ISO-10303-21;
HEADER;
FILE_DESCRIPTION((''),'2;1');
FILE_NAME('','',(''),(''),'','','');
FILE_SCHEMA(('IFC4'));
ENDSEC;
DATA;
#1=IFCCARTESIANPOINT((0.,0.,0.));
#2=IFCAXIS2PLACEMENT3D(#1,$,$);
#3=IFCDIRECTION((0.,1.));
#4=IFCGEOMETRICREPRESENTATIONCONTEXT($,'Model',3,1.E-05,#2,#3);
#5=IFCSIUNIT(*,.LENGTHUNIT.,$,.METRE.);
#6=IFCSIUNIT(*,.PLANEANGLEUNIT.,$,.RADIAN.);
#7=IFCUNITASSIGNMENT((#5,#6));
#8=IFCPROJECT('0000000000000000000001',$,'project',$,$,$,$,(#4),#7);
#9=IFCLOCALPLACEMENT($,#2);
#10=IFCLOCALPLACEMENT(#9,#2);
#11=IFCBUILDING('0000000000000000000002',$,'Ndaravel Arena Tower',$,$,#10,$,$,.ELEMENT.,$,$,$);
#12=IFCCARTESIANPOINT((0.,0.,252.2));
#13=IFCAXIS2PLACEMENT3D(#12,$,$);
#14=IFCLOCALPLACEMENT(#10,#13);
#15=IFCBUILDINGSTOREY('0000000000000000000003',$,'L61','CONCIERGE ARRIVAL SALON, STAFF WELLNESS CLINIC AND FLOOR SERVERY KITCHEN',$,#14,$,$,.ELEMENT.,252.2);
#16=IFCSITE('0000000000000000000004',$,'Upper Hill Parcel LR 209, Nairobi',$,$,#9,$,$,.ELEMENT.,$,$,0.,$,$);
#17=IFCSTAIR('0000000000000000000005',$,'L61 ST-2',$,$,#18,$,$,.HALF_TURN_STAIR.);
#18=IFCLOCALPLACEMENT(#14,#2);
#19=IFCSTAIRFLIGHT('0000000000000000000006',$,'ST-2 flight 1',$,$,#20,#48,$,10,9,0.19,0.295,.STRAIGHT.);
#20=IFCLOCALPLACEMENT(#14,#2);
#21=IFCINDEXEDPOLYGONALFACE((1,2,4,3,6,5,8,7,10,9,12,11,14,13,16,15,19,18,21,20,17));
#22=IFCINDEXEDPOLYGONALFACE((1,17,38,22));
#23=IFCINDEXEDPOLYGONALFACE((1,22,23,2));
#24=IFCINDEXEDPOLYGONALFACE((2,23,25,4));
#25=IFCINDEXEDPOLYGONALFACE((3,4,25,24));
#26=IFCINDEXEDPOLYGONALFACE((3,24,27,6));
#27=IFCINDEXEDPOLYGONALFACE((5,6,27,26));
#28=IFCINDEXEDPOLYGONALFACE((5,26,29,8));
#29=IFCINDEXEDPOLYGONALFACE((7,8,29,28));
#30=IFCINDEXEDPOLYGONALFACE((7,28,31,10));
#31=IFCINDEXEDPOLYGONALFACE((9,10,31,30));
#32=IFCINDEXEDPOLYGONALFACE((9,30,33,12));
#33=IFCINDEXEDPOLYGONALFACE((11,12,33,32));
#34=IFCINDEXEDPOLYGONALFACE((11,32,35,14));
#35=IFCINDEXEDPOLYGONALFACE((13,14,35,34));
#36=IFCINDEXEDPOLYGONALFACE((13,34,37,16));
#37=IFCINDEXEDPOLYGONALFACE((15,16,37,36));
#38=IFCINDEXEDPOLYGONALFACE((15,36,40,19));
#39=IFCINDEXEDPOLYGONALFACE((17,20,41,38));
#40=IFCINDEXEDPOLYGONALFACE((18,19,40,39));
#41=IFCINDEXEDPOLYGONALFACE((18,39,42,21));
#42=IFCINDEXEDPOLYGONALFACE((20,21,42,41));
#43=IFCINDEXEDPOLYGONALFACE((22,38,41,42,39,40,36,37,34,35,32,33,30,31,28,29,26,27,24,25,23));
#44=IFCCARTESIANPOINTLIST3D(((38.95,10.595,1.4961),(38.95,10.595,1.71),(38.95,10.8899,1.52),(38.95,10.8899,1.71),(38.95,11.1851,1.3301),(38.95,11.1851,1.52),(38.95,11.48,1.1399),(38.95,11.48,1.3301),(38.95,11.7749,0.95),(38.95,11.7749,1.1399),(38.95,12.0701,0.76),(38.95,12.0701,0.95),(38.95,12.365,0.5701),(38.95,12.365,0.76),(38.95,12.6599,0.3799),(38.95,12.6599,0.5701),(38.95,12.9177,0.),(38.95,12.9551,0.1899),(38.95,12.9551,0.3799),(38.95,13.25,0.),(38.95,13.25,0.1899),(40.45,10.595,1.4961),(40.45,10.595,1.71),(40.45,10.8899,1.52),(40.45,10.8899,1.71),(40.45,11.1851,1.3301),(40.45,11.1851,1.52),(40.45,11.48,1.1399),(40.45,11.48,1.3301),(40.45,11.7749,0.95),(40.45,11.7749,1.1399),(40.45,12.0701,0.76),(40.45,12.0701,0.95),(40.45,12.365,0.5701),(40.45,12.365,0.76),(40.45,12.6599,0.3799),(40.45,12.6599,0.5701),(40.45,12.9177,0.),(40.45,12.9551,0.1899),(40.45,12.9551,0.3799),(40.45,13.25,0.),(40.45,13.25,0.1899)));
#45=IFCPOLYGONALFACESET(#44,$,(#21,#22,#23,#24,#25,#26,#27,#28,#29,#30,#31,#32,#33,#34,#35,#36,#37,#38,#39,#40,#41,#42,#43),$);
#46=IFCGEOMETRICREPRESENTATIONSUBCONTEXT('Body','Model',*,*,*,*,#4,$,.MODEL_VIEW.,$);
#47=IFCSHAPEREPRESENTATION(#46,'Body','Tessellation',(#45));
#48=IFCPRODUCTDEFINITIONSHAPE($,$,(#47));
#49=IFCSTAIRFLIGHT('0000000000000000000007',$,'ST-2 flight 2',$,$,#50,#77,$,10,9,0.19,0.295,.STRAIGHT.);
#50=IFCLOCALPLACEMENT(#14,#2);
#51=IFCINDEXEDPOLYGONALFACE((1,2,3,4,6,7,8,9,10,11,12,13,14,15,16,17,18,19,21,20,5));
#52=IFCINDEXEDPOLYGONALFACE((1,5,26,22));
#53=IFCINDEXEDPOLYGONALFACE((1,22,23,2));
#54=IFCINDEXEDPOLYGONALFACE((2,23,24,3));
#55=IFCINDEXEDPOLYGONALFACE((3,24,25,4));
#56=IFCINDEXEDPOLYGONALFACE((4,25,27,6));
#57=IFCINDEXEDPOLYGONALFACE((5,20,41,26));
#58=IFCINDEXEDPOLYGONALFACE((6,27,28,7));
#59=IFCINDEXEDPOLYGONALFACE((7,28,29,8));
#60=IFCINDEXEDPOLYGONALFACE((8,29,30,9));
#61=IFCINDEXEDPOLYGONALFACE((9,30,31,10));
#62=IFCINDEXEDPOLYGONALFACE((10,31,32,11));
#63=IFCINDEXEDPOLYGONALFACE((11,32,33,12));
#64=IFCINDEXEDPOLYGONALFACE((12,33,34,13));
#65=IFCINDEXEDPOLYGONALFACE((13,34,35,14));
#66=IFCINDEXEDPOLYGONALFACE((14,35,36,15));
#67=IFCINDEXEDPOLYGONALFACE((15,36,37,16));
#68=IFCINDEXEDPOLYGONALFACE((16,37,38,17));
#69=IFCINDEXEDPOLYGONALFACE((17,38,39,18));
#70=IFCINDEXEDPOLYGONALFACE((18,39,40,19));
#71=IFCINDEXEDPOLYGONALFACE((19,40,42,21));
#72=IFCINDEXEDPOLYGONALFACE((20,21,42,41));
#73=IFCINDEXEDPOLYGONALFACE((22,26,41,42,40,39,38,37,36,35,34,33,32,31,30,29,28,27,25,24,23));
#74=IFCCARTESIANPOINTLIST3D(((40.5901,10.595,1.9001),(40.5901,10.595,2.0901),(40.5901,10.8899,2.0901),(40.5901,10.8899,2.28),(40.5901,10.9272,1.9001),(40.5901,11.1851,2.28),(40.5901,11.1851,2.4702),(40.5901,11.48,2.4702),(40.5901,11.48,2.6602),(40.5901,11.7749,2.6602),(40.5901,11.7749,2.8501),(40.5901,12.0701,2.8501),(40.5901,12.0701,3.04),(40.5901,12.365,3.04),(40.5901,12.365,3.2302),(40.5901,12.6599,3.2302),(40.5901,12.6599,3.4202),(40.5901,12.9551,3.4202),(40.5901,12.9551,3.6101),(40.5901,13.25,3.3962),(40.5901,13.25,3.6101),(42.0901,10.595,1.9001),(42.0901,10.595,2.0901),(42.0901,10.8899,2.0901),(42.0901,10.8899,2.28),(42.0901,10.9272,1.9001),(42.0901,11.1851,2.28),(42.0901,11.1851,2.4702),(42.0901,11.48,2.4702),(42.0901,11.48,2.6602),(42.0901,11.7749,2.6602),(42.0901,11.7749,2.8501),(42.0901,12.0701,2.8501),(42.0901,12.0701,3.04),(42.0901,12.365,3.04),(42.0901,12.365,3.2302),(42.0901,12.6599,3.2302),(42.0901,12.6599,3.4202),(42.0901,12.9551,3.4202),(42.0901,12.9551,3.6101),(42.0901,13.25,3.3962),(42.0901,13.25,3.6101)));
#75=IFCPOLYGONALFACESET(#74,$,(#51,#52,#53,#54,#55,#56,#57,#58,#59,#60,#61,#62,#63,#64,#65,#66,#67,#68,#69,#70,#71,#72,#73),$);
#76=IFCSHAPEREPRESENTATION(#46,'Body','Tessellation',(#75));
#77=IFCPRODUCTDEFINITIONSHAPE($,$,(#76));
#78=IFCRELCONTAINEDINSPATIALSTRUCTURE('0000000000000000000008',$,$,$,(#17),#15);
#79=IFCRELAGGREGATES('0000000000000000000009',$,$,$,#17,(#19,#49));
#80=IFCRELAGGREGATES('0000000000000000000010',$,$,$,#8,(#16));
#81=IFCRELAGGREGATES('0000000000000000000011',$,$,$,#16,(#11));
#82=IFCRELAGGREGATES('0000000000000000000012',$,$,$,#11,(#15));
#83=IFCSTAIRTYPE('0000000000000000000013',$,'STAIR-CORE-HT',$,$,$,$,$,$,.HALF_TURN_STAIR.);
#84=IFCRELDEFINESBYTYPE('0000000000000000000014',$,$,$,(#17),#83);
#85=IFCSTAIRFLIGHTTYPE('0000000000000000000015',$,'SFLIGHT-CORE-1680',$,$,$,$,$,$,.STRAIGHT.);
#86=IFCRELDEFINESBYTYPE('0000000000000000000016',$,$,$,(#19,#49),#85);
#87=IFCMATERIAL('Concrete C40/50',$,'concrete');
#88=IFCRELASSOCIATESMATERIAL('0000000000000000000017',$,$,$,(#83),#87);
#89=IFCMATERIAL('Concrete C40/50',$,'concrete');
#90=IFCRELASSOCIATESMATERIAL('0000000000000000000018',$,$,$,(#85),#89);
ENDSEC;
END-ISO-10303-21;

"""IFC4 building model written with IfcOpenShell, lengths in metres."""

from ifc_helpers import new_model, si_unit, direction, frame, origin, place, context, subcontext, project, spatial, polyline, outline, extrude, material, type_object, element, aggregate, save


model = new_model("IFC4")

# Units and contexts
model_context = context("Model", 3, precision=1e-05, world=origin(), true_north=direction((0.0, 1.0)))
body_context = subcontext(model_context, "Body", "Model", "MODEL_VIEW")
ifc_project = project(units=[si_unit("LENGTHUNIT", "METRE"), si_unit("PLANEANGLEUNIT", "RADIAN")], contexts=[model_context])

# Site, building, storey
site_placement = place(None, origin())
site = spatial("IfcSite", under=ifc_project, at=site_placement, Name="Upper Hill Parcel LR 209, Nairobi", CompositionType="ELEMENT", RefElevation=0.0)
building_placement = place(site_placement, origin())
building = spatial("IfcBuilding", under=site, at=building_placement, Name="Ndaravel Arena Tower", CompositionType="ELEMENT")
storey_placement = place(building_placement, frame((0.0, 0.0, 252.2)))
storey = spatial("IfcBuildingStorey", under=building, at=storey_placement, Name="L61", Description="CONCIERGE ARRIVAL SALON, STAFF WELLNESS CLINIC AND FLOOR SERVERY KITCHEN", CompositionType="ELEMENT", Elevation=252.2)

# Stair, stair flights
ifc_material_1 = material(Name="Concrete C40/50", Category="concrete")
stair_type = type_object("IfcStairType", Name="STAIR-CORE-HT", PredefinedType="HALF_TURN_STAIR", material=ifc_material_1)
ifc_material_2 = material(Name="Concrete C40/50", Category="concrete")
stair_flight_type = type_object("IfcStairFlightType", Name="SFLIGHT-CORE-1680", PredefinedType="STRAIGHT", material=ifc_material_2)
stair_1_placement = place(storey_placement, origin())
stair_1 = element("IfcStair", 1, at=stair_1_placement, inside=storey, type_object=stair_type, Name="L61 ST-2", PredefinedType="HALF_TURN_STAIR")
stair_flight_1_placement = place(storey_placement, frame((39.7, 13.25, 0.0), z_axis=(0.0, 0.0, 1.0), x_axis=(0.0, -1.0, 0.0)))
stair_flight_1 = element("IfcStairFlight", 2, at=stair_flight_1_placement, type_object=stair_flight_type, Name="ST-2 flight 1", NumberOfRisers=10, NumberOfTreads=9, PredefinedType="STRAIGHT", RiserHeight=0.19, TreadLength=0.295, context=body_context, shape_type="SweptSolid", body=[
    extrude(outline(polyline([(0.0, 0.0), (0.0, 0.1899), (0.2949, 0.1899), (0.2949, 0.3799), (0.5901, 0.3799), (0.5901, 0.5701), (0.885, 0.5701), (0.885, 0.76), (1.1799, 0.76), (1.1799, 0.95), (1.4751, 0.95), (1.4751, 1.1399), (1.77, 1.1399), (1.77, 1.3301), (2.0649, 1.3301), (2.0649, 1.52), (2.3601, 1.52), (2.3601, 1.71), (2.655, 1.71), (2.655, 1.8999), (2.655, 1.4961), (0.3323, 0.0), (0.0, 0.0)])), frame((0.0, 0.75, 0.0), z_axis=(0.0, -1.0, 0.0), x_axis=(1.0, 0.0, 0.0)), (0.0, 0.0, 1.0), 1.5),
])
stair_flight_2_placement = place(storey_placement, frame((41.3401, 10.595, 1.9001), z_axis=(0.0, 0.0, 1.0), x_axis=(0.0, 1.0, 0.0)))
stair_flight_2 = element("IfcStairFlight", 3, at=stair_flight_2_placement, type_object=stair_flight_type, Name="ST-2 flight 2", NumberOfRisers=10, NumberOfTreads=9, PredefinedType="STRAIGHT", RiserHeight=0.19, TreadLength=0.295, context=body_context, shape_type="SweptSolid", body=[
    extrude(outline(polyline([(0.0, 0.0), (0.0, 0.1899), (0.2949, 0.1899), (0.2949, 0.3799), (0.5901, 0.3799), (0.5901, 0.5701), (0.885, 0.5701), (0.885, 0.76), (1.1799, 0.76), (1.1799, 0.95), (1.4751, 0.95), (1.4751, 1.1399), (1.77, 1.1399), (1.77, 1.3301), (2.0649, 1.3301), (2.0649, 1.52), (2.3601, 1.52), (2.3601, 1.71), (2.655, 1.71), (2.655, 1.8999), (2.655, 1.4961), (0.3323, 0.0), (0.0, 0.0)])), frame((0.0, 0.75, 0.0), z_axis=(0.0, -1.0, 0.0), x_axis=(1.0, 0.0, 0.0)), (0.0, 0.0, 1.0), 1.5),
])
aggregate(stair_1, [stair_flight_1, stair_flight_2])

save(model, "model.ifc")
